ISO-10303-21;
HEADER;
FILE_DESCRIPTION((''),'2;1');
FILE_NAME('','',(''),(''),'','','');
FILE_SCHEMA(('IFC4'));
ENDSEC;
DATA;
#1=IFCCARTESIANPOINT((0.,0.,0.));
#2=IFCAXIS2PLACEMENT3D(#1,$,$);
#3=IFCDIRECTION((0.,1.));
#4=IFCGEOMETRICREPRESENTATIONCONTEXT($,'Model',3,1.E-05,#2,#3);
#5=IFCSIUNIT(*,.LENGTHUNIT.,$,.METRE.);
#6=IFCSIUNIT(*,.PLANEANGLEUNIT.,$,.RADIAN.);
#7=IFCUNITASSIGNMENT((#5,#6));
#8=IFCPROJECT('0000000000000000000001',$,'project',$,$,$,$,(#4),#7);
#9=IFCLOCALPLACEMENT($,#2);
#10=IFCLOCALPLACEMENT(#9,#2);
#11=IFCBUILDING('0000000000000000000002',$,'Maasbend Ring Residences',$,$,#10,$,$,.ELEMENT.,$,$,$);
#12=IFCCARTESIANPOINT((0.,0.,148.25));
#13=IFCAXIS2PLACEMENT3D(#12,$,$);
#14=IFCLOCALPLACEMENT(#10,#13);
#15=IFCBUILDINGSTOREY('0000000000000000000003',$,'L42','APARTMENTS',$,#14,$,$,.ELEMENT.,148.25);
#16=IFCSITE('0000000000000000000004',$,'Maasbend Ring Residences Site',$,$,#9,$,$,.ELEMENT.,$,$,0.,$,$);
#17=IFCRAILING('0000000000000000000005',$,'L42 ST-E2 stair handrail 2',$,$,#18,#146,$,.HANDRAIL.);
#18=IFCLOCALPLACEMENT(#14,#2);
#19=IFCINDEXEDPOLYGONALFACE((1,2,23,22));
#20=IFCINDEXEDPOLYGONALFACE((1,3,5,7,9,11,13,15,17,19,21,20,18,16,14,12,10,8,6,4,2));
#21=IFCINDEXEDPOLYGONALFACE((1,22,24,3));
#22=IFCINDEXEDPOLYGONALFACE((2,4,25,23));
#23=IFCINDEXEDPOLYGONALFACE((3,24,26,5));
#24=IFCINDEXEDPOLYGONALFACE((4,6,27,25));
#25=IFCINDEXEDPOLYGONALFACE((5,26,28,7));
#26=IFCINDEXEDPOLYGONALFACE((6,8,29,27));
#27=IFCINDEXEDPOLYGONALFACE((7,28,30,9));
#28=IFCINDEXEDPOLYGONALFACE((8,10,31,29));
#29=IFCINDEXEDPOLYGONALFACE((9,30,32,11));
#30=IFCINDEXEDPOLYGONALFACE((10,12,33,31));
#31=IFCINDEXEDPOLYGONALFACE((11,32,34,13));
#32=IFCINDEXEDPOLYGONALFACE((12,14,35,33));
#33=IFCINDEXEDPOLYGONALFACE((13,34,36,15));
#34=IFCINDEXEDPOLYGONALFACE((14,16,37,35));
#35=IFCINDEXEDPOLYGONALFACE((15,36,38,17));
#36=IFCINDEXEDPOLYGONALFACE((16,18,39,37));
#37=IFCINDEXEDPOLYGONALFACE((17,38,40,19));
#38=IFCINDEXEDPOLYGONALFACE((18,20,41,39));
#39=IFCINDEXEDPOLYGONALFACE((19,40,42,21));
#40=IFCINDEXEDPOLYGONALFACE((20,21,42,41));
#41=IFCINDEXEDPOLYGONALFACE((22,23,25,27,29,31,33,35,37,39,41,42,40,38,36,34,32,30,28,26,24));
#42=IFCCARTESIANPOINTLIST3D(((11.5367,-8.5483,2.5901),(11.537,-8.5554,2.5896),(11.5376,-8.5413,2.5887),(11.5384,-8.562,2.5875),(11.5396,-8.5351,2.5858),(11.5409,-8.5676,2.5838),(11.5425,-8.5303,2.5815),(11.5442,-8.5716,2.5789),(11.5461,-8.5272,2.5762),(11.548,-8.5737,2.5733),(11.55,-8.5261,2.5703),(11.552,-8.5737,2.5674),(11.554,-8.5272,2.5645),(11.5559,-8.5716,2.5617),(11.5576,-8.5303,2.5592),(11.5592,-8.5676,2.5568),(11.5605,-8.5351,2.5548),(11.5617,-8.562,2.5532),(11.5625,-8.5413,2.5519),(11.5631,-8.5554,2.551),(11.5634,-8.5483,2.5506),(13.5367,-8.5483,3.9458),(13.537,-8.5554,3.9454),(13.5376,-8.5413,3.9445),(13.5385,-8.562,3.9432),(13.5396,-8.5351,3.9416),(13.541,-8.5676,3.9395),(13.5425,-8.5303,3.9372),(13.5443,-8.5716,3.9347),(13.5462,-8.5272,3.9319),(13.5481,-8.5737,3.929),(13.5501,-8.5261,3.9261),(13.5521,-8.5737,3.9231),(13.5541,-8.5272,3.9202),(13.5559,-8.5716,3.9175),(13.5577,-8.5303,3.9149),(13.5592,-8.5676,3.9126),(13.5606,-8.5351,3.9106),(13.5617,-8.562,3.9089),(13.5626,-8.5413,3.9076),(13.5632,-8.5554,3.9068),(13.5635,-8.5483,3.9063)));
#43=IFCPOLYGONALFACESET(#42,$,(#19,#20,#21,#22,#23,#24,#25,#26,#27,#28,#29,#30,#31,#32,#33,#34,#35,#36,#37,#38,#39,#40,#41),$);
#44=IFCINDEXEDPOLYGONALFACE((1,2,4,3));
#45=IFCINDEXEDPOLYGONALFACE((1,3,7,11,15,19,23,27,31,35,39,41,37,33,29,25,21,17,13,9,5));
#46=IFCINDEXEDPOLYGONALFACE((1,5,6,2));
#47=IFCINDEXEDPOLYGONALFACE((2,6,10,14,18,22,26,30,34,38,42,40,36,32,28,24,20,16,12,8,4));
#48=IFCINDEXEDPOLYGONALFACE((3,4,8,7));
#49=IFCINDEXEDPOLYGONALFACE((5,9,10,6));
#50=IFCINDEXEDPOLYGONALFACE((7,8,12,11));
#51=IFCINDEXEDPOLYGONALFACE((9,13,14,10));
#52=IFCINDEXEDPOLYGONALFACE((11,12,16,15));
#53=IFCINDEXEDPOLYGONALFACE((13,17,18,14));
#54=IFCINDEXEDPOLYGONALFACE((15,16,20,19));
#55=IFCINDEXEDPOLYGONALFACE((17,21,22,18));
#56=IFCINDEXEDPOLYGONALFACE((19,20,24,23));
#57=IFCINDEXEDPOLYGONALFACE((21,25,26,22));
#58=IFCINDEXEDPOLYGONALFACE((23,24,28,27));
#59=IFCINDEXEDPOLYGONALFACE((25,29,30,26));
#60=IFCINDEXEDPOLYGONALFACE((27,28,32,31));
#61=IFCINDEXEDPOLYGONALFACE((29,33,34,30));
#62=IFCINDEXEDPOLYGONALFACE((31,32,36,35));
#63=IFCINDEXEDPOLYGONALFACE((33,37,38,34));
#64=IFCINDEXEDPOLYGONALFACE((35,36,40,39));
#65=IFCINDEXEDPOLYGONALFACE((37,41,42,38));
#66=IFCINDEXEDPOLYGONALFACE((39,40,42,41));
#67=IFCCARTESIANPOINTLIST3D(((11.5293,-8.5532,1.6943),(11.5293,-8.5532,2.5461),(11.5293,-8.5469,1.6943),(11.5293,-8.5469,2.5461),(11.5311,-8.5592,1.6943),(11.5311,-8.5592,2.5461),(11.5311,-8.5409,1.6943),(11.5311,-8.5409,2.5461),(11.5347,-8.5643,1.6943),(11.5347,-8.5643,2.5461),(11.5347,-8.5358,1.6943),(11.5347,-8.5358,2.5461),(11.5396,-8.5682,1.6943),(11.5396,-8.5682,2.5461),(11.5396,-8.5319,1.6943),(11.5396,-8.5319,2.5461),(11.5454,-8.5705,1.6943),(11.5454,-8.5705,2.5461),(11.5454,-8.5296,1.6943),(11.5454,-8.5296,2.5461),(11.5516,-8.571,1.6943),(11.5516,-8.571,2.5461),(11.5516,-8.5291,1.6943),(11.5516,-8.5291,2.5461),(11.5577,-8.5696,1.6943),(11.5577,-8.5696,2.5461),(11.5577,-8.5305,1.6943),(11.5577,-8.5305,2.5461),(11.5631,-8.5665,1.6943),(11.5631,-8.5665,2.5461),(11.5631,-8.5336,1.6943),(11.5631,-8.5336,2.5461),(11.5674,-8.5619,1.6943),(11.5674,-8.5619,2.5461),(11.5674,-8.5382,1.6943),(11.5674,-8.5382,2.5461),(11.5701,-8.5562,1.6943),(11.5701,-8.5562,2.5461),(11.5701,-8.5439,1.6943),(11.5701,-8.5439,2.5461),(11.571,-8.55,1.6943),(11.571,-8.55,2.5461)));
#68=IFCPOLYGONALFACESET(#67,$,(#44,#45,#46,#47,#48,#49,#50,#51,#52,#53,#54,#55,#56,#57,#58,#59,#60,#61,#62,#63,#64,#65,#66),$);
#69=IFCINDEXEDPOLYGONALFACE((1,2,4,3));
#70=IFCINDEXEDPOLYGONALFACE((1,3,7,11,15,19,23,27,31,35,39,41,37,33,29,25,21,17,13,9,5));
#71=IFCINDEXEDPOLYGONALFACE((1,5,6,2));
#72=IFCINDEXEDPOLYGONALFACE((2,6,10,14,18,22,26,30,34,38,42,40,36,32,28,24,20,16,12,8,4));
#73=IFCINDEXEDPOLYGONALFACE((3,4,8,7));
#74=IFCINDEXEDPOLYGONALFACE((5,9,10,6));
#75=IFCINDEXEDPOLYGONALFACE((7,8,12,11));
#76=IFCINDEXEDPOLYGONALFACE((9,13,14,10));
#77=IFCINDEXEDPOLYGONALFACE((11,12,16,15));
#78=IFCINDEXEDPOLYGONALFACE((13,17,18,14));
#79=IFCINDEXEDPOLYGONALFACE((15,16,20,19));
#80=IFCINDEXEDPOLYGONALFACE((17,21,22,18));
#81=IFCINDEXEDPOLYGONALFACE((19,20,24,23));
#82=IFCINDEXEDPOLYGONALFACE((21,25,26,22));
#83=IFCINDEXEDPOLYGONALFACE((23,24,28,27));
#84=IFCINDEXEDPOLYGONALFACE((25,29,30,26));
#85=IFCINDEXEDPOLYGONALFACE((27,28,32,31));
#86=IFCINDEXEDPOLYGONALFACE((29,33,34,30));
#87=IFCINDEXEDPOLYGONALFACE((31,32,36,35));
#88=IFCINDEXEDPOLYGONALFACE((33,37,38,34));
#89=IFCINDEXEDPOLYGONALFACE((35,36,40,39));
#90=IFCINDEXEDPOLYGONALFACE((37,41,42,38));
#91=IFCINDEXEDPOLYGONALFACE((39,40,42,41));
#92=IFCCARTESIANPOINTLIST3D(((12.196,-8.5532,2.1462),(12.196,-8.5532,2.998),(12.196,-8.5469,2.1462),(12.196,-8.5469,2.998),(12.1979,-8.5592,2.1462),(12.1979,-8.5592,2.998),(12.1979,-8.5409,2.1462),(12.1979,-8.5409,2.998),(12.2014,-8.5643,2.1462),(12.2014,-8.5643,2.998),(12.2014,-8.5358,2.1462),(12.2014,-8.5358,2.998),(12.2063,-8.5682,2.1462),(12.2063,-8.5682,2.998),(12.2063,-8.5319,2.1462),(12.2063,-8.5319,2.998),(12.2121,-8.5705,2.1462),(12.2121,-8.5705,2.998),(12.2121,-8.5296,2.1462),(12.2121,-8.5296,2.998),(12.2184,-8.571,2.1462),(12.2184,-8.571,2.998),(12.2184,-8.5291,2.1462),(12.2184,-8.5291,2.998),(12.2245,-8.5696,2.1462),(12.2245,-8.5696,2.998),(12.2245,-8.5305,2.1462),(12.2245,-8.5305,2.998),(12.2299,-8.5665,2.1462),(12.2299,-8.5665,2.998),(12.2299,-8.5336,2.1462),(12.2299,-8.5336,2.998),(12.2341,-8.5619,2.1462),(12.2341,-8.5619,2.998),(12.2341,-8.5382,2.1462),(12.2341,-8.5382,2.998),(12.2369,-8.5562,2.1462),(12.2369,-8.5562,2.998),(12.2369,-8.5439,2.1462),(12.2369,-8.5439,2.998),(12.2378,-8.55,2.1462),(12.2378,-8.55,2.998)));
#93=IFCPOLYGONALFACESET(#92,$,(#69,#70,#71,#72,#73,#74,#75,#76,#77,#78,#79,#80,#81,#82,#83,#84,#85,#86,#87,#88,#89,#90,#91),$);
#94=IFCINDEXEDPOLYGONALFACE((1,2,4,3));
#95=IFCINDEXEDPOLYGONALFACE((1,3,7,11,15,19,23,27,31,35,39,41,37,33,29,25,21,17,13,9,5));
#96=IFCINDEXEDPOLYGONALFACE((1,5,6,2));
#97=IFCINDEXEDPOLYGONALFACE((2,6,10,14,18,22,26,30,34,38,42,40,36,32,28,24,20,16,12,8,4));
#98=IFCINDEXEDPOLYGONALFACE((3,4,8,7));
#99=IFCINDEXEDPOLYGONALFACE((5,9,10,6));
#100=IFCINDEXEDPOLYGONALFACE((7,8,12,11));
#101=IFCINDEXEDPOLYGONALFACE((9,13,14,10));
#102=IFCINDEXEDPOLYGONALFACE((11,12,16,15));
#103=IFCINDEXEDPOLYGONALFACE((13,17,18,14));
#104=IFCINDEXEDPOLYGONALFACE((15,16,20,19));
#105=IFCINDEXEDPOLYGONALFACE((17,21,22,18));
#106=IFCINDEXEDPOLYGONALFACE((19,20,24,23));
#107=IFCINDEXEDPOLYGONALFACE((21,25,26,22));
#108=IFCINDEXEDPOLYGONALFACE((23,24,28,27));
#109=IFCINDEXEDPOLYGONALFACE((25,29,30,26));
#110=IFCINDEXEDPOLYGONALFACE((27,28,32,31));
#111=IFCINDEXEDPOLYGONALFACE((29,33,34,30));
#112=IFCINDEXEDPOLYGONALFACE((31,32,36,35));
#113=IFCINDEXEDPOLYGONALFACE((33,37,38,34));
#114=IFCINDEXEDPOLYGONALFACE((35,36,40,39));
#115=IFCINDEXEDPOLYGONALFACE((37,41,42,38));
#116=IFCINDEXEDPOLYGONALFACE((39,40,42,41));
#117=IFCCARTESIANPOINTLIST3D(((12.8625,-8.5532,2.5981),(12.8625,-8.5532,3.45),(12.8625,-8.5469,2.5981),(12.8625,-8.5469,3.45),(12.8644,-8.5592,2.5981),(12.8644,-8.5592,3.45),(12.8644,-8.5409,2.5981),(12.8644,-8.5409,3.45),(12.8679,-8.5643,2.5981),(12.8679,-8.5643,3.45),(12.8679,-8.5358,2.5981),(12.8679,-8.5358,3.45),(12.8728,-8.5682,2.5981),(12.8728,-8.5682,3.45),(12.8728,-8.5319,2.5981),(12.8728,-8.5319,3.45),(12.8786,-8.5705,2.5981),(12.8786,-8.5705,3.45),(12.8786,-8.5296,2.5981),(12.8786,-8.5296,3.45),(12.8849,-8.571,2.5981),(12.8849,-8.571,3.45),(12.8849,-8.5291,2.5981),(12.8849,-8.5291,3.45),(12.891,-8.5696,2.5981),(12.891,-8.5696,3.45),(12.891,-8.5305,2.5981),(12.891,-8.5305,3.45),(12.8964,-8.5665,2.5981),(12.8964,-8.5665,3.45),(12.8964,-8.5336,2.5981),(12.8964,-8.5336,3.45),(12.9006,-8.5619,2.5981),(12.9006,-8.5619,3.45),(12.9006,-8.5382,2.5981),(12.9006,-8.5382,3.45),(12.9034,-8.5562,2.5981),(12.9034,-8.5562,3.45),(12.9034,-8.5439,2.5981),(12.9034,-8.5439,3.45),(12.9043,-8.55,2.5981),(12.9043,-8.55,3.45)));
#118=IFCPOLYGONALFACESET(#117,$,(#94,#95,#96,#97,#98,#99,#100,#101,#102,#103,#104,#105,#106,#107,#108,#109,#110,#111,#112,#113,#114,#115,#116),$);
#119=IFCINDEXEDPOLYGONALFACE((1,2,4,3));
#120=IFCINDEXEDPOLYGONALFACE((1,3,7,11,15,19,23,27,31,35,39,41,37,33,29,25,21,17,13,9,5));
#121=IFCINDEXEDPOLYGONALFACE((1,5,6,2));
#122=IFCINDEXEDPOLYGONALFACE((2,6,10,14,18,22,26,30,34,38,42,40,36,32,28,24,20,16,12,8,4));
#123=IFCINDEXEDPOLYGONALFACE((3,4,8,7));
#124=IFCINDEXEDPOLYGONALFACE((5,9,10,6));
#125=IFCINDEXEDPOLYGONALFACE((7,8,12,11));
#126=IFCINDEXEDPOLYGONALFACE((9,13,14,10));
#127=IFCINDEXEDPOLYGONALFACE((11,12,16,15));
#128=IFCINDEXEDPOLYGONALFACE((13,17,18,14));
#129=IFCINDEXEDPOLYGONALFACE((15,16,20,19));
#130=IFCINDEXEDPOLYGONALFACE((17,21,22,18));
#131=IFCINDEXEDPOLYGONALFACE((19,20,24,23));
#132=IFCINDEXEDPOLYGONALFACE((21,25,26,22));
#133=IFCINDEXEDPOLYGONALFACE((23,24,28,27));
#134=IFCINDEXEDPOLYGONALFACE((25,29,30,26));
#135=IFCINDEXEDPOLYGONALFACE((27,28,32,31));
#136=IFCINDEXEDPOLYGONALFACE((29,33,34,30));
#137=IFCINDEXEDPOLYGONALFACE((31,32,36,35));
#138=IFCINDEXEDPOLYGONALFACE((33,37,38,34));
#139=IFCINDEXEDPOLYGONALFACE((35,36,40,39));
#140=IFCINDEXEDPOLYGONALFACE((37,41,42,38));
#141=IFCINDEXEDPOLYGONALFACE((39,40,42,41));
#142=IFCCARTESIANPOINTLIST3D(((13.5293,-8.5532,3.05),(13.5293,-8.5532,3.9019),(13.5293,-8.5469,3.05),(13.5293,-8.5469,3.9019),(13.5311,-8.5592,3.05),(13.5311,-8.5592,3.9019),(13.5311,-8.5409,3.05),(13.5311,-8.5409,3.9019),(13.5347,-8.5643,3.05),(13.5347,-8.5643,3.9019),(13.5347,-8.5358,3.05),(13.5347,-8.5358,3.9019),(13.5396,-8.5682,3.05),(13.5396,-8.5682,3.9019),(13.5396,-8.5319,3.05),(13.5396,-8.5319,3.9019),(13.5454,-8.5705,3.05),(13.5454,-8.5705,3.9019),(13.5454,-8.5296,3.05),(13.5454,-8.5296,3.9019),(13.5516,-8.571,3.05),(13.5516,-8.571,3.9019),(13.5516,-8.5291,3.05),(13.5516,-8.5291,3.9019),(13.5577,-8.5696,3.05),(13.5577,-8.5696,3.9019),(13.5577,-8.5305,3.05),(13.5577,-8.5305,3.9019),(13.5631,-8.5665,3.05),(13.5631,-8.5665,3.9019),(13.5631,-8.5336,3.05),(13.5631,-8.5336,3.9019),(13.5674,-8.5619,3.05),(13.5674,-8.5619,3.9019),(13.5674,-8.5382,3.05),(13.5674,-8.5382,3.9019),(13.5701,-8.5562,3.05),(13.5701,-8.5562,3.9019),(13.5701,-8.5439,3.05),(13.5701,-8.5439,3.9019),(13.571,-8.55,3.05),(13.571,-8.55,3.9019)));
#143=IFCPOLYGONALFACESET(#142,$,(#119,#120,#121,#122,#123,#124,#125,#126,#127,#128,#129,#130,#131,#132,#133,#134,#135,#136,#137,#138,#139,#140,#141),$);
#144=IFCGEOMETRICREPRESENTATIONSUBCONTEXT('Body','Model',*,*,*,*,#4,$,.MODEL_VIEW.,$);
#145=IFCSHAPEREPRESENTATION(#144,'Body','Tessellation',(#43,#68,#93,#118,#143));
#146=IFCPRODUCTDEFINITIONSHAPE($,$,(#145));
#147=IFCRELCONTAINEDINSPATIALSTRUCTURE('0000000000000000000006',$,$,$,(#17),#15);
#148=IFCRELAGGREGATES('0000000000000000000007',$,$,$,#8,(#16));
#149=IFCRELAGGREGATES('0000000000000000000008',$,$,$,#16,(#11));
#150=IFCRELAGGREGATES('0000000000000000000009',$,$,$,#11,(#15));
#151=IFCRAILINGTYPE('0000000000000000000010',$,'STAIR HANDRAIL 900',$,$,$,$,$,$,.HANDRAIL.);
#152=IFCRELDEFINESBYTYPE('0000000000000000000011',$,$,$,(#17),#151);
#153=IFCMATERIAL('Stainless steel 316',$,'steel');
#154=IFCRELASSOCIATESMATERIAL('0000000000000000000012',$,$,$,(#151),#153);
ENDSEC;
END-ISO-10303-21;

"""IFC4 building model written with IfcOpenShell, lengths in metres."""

from ifc_helpers import new_model, si_unit, direction, frame, origin, origin_2d, place, context, subcontext, project, spatial, circle, extrude, material, type_object, element, save


model = new_model("IFC4")

# Units and contexts
model_context = context("Model", 3, precision=1e-05, world=origin(), true_north=direction((0.0, 1.0)))
body_context = subcontext(model_context, "Body", "Model", "MODEL_VIEW")
ifc_project = project(units=[si_unit("LENGTHUNIT", "METRE"), si_unit("PLANEANGLEUNIT", "RADIAN")], contexts=[model_context])

# Site, building, storey
site_placement = place(None, origin())
site = spatial("IfcSite", under=ifc_project, at=site_placement, Name="Maasbend Ring Residences Site", CompositionType="ELEMENT", RefElevation=0.0)
building_placement = place(site_placement, origin())
building = spatial("IfcBuilding", under=site, at=building_placement, Name="Maasbend Ring Residences", CompositionType="ELEMENT")
storey_placement = place(building_placement, frame((0.0, 0.0, 148.25)))
storey = spatial("IfcBuildingStorey", under=building, at=storey_placement, Name="L42", Description="APARTMENTS", CompositionType="ELEMENT", Elevation=148.25)

# Railing
ifc_material_1 = material(Name="Stainless steel 316", Category="steel")
railing_type_1 = type_object("IfcRailingType", Name="STAIR HANDRAIL 900", PredefinedType="HANDRAIL", material=ifc_material_1)
railing_1_placement = place(storey_placement, frame((11.55, -8.55, 1.6943)))
element("IfcRailing", 1, at=railing_1_placement, inside=storey, type_object=railing_type_1, Name="L42 ST-E2 stair handrail 2", PredefinedType="HANDRAIL", context=body_context, shape_type="SweptSolid", body=[
    extrude(circle(Radius=0.0239, at=origin_2d()), frame((0.0, 0.0, 0.876), z_axis=(0.827751, 0.0, 0.561096), x_axis=(0.0, 1.0, 0.0)), (0.0, 0.0, 1.0), 2.4163),
    extrude(circle(Radius=0.021, at=origin_2d()), origin(), (0.0, 0.0, 1.0), 0.8518),
    extrude(circle(Radius=0.021, at=origin_2d()), frame((0.6667, 0.0, 0.4519)), (0.0, 0.0, 1.0), 0.8518),
    extrude(circle(Radius=0.021, at=origin_2d()), frame((1.3333, 0.0, 0.9038)), (0.0, 0.0, 1.0), 0.8518),
    extrude(circle(Radius=0.021, at=origin_2d()), frame((2.0, 0.0, 1.3557)), (0.0, 0.0, 1.0), 0.8518),
])

save(model, "model.ifc")
